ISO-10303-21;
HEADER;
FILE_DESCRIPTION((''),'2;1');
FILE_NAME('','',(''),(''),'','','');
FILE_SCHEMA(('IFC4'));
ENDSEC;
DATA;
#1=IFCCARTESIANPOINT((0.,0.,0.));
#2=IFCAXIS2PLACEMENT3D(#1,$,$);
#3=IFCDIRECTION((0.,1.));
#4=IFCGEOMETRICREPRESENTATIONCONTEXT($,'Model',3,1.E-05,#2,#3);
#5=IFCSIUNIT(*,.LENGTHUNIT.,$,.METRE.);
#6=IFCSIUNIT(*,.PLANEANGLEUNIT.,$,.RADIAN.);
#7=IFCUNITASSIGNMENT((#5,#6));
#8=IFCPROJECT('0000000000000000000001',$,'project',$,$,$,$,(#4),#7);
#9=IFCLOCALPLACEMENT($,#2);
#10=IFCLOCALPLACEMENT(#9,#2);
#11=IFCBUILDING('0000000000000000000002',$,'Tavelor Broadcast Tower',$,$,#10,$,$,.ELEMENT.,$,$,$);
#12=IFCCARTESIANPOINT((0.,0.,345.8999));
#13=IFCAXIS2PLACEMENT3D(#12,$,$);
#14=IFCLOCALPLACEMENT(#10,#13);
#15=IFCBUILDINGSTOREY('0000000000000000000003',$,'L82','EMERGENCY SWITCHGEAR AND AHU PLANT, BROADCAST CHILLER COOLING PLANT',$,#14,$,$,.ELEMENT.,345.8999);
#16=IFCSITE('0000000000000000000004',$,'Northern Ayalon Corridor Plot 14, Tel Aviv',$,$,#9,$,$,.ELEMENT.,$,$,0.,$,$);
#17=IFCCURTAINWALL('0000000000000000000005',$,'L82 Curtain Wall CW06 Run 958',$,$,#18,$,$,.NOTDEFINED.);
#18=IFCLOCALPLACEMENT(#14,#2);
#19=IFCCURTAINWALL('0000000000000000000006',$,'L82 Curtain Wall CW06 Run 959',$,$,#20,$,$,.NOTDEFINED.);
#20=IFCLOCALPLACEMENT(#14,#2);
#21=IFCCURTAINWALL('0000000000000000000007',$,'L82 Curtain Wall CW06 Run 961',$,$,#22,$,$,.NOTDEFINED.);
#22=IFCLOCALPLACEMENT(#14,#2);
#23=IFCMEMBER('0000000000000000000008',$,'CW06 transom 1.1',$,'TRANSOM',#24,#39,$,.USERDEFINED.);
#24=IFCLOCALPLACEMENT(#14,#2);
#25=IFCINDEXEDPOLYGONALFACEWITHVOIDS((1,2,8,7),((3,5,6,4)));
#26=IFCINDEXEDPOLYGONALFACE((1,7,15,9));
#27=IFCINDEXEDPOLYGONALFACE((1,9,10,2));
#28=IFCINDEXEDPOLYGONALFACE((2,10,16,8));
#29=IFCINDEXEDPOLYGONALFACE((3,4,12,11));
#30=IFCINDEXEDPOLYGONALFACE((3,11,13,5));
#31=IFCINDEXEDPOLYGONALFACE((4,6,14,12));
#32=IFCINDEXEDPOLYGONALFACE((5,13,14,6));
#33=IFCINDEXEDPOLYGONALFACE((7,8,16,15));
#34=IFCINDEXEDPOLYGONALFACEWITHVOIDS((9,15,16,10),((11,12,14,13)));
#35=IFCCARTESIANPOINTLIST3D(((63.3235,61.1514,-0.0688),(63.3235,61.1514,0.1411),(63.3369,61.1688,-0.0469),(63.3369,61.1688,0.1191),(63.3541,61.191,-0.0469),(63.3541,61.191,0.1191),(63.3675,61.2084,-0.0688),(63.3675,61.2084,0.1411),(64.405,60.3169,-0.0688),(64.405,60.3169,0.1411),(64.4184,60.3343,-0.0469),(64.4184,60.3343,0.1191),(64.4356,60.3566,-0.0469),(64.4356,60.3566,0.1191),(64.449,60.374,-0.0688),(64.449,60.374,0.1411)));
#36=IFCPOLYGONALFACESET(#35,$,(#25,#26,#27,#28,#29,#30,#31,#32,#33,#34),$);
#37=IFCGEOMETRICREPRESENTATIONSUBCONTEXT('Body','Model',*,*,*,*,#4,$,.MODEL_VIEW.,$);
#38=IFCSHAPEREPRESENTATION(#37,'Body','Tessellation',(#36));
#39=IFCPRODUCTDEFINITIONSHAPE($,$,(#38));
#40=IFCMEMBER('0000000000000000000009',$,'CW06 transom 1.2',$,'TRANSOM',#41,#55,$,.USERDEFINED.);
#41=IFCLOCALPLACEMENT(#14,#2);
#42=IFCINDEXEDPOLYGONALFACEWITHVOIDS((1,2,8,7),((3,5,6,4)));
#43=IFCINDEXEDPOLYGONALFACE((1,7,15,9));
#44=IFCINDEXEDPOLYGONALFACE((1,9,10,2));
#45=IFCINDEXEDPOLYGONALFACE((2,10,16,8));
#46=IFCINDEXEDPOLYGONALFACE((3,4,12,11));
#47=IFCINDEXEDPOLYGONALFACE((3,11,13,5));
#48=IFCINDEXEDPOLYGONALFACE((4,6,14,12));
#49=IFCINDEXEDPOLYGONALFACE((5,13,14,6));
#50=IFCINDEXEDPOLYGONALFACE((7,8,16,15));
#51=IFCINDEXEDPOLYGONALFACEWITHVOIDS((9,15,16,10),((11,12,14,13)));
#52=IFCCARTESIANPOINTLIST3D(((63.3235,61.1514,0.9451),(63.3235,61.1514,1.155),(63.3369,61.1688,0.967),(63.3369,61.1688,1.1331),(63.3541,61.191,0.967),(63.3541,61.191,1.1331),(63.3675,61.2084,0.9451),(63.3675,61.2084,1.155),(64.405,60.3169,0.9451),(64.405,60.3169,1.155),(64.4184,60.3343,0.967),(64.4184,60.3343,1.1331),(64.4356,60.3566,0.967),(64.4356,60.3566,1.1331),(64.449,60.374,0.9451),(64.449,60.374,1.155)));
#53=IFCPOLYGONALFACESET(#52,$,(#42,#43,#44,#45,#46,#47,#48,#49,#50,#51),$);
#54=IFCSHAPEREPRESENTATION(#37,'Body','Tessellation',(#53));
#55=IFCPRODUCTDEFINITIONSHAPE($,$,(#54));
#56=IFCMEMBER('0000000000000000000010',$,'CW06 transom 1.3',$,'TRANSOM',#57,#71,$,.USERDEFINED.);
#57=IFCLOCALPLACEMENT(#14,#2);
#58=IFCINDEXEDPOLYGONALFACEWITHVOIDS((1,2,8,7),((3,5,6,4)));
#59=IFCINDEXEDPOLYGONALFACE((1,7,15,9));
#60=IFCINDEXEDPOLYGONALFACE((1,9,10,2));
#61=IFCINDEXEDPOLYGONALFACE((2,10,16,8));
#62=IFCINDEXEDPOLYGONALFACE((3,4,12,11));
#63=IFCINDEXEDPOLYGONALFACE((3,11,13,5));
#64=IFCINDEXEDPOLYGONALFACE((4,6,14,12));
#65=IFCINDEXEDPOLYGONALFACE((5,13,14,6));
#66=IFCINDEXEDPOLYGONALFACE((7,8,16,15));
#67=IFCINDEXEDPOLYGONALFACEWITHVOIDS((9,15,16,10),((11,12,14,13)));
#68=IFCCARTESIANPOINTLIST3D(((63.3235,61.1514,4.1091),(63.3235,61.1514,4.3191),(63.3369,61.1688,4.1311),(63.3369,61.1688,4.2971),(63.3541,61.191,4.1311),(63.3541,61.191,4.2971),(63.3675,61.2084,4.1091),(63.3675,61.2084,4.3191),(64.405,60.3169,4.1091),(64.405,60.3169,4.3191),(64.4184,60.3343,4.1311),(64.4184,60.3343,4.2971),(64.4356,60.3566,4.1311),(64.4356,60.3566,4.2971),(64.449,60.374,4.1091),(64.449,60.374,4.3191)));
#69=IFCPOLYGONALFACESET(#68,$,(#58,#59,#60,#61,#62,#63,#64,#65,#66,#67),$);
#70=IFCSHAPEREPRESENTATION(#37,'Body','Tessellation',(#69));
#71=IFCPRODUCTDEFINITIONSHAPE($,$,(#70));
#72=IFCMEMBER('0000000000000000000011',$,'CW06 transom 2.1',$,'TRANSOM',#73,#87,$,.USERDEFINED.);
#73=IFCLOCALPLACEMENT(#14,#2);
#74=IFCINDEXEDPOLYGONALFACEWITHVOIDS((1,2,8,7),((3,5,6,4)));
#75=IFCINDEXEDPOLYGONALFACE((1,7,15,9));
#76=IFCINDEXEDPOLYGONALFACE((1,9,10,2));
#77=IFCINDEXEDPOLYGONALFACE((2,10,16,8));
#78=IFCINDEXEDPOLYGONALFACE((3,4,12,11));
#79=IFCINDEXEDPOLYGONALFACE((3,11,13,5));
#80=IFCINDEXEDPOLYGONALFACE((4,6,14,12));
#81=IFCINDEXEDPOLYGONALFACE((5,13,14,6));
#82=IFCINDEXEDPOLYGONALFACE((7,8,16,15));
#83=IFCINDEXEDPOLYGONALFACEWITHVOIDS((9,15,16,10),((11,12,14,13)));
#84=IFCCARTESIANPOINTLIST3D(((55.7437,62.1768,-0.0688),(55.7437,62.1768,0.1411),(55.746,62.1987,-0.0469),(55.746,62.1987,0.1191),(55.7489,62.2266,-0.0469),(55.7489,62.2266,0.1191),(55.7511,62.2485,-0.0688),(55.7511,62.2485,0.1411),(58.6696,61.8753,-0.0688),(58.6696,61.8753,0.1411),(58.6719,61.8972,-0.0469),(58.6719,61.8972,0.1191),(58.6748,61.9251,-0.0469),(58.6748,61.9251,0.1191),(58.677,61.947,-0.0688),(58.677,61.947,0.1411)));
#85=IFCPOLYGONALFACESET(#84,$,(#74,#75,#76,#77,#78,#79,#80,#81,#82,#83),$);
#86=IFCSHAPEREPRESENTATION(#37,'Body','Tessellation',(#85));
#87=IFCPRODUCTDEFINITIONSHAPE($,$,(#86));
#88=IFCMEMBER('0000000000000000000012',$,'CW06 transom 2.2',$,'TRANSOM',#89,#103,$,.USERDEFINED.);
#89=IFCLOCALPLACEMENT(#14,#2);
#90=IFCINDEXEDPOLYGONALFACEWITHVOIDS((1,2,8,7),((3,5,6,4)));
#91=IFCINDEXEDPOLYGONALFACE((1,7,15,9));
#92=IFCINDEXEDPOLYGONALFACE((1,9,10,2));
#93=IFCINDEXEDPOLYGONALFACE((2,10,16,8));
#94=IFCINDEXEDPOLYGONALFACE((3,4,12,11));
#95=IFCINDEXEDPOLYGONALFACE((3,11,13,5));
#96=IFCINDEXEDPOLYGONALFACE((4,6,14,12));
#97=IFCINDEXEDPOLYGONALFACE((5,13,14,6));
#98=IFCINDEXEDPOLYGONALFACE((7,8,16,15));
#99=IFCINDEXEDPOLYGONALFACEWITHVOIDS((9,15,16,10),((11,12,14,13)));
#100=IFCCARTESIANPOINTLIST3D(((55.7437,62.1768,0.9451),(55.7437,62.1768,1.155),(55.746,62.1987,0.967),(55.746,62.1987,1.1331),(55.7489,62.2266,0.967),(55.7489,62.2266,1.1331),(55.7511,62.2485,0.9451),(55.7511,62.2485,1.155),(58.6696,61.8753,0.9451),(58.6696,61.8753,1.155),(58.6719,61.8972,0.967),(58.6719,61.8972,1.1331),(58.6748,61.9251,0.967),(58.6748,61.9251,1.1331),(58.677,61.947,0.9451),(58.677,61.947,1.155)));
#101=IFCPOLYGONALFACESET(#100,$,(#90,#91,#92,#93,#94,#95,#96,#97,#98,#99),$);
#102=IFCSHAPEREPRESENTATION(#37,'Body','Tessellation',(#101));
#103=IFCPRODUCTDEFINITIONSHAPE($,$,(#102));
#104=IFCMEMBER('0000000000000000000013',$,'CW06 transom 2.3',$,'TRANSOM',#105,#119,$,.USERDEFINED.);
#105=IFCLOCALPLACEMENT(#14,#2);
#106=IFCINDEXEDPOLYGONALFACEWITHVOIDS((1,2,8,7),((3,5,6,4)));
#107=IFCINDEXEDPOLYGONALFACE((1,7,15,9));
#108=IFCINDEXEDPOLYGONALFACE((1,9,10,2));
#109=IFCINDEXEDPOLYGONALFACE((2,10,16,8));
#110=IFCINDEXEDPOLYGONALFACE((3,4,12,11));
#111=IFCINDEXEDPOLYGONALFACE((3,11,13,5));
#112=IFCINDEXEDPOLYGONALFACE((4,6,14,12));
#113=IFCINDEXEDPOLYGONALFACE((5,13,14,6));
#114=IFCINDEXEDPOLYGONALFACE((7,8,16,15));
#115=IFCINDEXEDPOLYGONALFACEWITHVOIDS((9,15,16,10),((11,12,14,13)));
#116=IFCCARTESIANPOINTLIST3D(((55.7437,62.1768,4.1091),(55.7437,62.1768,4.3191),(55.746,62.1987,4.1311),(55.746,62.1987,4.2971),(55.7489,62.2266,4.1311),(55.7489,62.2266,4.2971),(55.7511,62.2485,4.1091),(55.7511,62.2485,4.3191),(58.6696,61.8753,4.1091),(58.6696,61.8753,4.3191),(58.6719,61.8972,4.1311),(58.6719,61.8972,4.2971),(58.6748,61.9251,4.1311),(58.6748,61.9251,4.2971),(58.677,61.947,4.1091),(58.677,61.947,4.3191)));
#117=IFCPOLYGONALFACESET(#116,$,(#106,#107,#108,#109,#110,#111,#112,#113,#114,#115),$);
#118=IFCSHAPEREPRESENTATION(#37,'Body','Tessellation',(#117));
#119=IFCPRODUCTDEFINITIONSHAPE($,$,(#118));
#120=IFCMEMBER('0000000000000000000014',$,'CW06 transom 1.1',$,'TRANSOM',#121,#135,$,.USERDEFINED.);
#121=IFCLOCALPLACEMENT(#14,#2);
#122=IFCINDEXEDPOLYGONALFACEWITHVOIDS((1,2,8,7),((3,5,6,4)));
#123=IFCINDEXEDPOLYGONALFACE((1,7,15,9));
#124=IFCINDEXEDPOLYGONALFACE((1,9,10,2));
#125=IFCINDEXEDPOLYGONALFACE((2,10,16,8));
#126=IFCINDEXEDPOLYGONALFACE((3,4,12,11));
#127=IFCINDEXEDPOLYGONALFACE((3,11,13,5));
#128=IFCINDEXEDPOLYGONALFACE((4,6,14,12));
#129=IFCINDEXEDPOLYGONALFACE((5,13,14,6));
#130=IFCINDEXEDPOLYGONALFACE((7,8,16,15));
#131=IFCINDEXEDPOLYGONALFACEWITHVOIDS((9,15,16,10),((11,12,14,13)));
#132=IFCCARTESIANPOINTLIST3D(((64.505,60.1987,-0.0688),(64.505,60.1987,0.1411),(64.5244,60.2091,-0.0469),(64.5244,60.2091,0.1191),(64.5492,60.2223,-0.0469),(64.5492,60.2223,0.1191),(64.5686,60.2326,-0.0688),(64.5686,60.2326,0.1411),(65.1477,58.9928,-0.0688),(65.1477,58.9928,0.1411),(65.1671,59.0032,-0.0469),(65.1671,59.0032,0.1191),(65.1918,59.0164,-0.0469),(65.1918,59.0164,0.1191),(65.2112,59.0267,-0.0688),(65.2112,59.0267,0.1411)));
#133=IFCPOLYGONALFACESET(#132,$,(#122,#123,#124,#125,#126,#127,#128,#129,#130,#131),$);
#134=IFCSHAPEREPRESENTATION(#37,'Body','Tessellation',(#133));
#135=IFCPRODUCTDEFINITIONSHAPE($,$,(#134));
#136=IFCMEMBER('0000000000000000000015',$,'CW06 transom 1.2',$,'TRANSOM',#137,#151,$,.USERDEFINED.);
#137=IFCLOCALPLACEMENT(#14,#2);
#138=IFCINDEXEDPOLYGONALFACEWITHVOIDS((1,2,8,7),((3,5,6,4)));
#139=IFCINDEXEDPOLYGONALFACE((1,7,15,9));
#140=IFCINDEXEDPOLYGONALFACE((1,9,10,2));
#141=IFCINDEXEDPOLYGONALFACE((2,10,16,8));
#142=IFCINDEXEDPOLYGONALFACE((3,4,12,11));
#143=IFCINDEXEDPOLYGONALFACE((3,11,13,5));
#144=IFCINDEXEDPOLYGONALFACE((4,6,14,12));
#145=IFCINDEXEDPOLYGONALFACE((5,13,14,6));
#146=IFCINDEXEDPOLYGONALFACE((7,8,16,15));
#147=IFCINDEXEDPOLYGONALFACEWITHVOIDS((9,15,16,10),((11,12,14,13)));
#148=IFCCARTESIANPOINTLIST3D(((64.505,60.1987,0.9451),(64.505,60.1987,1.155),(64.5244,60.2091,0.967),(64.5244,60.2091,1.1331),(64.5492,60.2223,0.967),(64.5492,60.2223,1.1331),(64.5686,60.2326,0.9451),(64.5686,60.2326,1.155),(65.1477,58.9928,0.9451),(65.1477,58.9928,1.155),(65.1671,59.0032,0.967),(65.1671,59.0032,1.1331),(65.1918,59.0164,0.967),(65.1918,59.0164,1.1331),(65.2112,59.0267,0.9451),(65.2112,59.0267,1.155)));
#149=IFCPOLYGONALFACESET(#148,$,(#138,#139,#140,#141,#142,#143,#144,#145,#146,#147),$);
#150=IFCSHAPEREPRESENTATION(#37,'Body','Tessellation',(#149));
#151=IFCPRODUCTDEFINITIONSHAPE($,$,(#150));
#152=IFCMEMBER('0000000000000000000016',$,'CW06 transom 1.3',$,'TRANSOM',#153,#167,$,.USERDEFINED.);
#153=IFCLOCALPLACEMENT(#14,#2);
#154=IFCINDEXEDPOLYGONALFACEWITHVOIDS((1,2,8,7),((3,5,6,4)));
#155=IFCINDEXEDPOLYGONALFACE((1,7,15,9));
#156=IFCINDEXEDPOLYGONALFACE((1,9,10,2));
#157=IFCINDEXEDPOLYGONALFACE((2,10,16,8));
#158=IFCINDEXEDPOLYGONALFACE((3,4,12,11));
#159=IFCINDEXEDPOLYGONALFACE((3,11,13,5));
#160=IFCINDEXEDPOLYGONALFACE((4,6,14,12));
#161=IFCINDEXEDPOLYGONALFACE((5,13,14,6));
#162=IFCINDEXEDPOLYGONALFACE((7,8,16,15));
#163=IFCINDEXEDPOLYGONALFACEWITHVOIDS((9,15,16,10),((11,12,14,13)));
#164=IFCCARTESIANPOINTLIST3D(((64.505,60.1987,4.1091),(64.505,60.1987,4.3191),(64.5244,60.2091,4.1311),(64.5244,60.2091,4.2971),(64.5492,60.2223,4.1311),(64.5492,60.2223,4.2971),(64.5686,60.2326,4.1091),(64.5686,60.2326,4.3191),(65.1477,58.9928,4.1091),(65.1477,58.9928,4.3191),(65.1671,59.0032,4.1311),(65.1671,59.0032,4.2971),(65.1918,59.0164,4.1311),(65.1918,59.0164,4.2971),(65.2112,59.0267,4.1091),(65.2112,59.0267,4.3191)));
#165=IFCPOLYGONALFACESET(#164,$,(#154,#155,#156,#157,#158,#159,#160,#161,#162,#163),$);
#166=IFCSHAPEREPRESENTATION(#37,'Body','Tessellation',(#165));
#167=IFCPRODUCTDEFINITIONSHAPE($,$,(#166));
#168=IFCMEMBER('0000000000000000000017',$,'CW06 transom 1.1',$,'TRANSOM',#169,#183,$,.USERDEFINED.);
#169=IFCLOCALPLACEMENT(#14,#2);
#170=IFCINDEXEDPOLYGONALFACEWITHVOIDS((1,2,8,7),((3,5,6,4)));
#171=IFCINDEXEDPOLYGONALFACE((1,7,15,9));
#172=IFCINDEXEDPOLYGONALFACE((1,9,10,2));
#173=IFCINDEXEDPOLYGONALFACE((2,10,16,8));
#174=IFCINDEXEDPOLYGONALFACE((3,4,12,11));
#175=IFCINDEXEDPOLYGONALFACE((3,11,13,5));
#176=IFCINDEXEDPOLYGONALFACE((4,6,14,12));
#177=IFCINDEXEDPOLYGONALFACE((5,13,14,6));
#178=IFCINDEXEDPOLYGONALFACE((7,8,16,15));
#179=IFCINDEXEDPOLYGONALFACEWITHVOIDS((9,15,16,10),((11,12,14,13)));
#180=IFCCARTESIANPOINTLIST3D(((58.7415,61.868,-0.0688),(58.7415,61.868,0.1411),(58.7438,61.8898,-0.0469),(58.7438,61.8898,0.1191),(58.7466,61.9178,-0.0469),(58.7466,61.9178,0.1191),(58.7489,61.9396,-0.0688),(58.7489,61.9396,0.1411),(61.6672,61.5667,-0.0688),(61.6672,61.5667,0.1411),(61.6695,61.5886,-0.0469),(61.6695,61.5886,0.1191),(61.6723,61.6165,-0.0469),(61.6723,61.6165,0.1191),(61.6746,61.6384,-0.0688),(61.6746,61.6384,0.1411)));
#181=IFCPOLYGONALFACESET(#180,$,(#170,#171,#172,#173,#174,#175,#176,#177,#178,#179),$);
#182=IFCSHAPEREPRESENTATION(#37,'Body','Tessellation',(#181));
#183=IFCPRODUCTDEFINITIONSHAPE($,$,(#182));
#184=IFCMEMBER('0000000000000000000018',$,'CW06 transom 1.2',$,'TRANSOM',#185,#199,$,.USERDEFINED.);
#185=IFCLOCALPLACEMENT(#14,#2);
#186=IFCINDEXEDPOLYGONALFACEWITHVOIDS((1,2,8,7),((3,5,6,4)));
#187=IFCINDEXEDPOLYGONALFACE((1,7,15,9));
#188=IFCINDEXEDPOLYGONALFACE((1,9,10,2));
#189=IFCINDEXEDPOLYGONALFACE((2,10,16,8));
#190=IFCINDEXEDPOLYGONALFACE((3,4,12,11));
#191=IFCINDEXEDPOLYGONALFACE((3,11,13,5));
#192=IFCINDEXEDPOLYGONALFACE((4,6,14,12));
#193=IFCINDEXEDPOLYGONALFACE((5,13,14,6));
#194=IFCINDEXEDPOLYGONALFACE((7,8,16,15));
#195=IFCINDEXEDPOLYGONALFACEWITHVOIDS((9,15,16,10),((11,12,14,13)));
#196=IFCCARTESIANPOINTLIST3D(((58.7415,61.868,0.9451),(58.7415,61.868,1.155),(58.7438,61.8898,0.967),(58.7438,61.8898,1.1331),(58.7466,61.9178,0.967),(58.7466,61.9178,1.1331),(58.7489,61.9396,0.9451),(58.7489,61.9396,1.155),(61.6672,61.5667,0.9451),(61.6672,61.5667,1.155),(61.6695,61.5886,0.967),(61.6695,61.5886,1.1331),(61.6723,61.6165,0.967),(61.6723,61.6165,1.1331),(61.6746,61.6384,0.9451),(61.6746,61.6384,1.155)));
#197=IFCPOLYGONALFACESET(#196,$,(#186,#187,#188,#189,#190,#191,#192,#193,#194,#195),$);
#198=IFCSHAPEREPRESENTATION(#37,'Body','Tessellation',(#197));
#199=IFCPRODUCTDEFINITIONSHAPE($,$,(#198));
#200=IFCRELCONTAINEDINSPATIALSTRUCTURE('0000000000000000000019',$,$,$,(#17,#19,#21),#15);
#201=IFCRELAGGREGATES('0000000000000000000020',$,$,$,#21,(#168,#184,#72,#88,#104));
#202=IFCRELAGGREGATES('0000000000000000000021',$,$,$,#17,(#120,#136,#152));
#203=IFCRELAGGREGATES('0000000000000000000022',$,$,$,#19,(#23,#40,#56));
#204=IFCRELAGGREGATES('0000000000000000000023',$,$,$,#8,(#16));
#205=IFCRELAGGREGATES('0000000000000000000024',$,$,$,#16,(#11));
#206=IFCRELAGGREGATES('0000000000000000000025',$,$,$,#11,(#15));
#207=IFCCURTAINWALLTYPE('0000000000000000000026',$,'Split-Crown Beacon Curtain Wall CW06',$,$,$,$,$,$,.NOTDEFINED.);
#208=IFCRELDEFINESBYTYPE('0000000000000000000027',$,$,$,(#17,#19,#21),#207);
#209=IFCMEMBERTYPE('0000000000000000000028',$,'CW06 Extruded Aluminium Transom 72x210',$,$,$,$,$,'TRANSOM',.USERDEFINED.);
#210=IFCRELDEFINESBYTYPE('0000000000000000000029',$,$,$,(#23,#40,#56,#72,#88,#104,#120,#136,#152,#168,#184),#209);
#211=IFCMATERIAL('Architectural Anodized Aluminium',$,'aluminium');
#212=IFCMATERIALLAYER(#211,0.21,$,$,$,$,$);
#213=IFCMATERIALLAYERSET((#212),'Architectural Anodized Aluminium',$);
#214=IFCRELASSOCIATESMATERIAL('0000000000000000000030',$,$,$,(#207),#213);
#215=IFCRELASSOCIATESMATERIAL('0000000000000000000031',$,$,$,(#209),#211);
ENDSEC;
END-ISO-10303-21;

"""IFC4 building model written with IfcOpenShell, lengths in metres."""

from ifc_helpers import new_model, si_unit, direction, frame, origin, origin_2d, place, context, subcontext, project, spatial, hollow_rectangle, extrude, source, transform, mapped, material, layer, layer_set, material_profile, profile_set, type_object, element, aggregate, save


model = new_model("IFC4")

# Units and contexts
model_context = context("Model", 3, precision=1e-05, world=origin(), true_north=direction((0.0, 1.0)))
body_context = subcontext(model_context, "Body", "Model", "MODEL_VIEW")
ifc_project = project(units=[si_unit("LENGTHUNIT", "METRE"), si_unit("PLANEANGLEUNIT", "RADIAN")], contexts=[model_context])

# Site, building, storey
site_placement = place(None, origin())
site = spatial("IfcSite", under=ifc_project, at=site_placement, Name="Northern Ayalon Corridor Plot 14, Tel Aviv", CompositionType="ELEMENT", RefElevation=0.0)
building_placement = place(site_placement, origin())
building = spatial("IfcBuilding", under=site, at=building_placement, Name="Tavelor Broadcast Tower", CompositionType="ELEMENT")
storey_placement = place(building_placement, frame((0.0, 0.0, 345.8999)))
storey = spatial("IfcBuildingStorey", under=building, at=storey_placement, Name="L82", Description="EMERGENCY SWITCHGEAR AND AHU PLANT, BROADCAST CHILLER COOLING PLANT", CompositionType="ELEMENT", Elevation=345.8999)

# Curtain walls
ifc_material_1 = material(Name="Architectural Anodized Aluminium", Category="aluminium")
ifc_layer_1 = layer(ifc_material_1, 0.21)
ifc_layer_set_1 = layer_set([ifc_layer_1], Name="Architectural Anodized Aluminium")
curtain_wall_type = type_object("IfcCurtainWallType", Name="Split-Crown Beacon Curtain Wall CW06", PredefinedType="NOTDEFINED", material=ifc_layer_set_1)
curtain_wall_1_placement = place(storey_placement, origin())
curtain_wall_1 = element("IfcCurtainWall", 1, at=curtain_wall_1_placement, inside=storey, type_object=curtain_wall_type, Name="L82 Curtain Wall CW06 Run 958", PredefinedType="NOTDEFINED")
curtain_wall_2_placement = place(storey_placement, origin())
curtain_wall_2 = element("IfcCurtainWall", 2, at=curtain_wall_2_placement, inside=storey, type_object=curtain_wall_type, Name="L82 Curtain Wall CW06 Run 959", PredefinedType="NOTDEFINED")
curtain_wall_3_placement = place(storey_placement, origin())
curtain_wall_3 = element("IfcCurtainWall", 3, at=curtain_wall_3_placement, inside=storey, type_object=curtain_wall_type, Name="L82 Curtain Wall CW06 Run 961", PredefinedType="NOTDEFINED")

# Members
ifc_material_profile_1 = material_profile(ifc_material_1, hollow_rectangle(XDim=0.072, YDim=0.21, WallThickness=0.022, at=origin_2d()), Name="RHS 72x210x22")
ifc_profile_set_1 = profile_set([ifc_material_profile_1], Name="Architectural Anodized Aluminium")
member_type_1 = type_object("IfcMemberType", Name="CW06 Extruded Aluminium Transom 72x210", ElementType="TRANSOM", PredefinedType="USERDEFINED", material=ifc_profile_set_1)
shared_shape_1 = source(origin(), body_context, "Body", "SweptSolid", [
    extrude(hollow_rectangle(XDim=0.072, YDim=0.21, WallThickness=0.022, at=origin_2d()), origin(), (0.0, 0.0, 1.0), 1.366),
])
member_1_placement = place(storey_placement, frame((64.427, 60.3455, 0.0361), z_axis=(-0.791733, 0.610867, 0.0), x_axis=(-0.610867, -0.791733, 0.0)))
member_1 = element("IfcMember", 4, at=member_1_placement, type_object=member_type_1, Name="CW06 transom 1.1", ObjectType="TRANSOM", PredefinedType="USERDEFINED", context=body_context, shape_type="MappedRepresentation", body=[
    mapped(shared_shape_1, transform((0.0, 0.0, 0.0), scale=1.0)),
])
member_2_placement = place(storey_placement, frame((64.427, 60.3455, 1.05), z_axis=(-0.791733, 0.610867, 0.0), x_axis=(-0.610867, -0.791733, 0.0)))
member_2 = element("IfcMember", 5, at=member_2_placement, type_object=member_type_1, Name="CW06 transom 1.2", ObjectType="TRANSOM", PredefinedType="USERDEFINED", context=body_context, shape_type="MappedRepresentation", body=[
    mapped(shared_shape_1, transform((0.0, 0.0, 0.0), scale=1.0)),
])
member_3_placement = place(storey_placement, frame((64.427, 60.3455, 4.2141), z_axis=(-0.791733, 0.610867, 0.0), x_axis=(-0.610867, -0.791733, 0.0)))
member_3 = element("IfcMember", 6, at=member_3_placement, type_object=member_type_1, Name="CW06 transom 1.3", ObjectType="TRANSOM", PredefinedType="USERDEFINED", context=body_context, shape_type="MappedRepresentation", body=[
    mapped(shared_shape_1, transform((0.0, 0.0, 0.0), scale=1.0)),
])
shared_shape_2 = source(origin(), body_context, "Body", "SweptSolid", [
    extrude(hollow_rectangle(XDim=0.072, YDim=0.21, WallThickness=0.022, at=origin_2d()), origin(), (0.0, 0.0, 1.0), 2.9414),
])
member_4_placement = place(storey_placement, frame((58.6733, 61.9111, 0.0361), z_axis=(-0.994733, 0.102503, 0.0), x_axis=(-0.102503, -0.994733, 0.0)))
member_4 = element("IfcMember", 7, at=member_4_placement, type_object=member_type_1, Name="CW06 transom 2.1", ObjectType="TRANSOM", PredefinedType="USERDEFINED", context=body_context, shape_type="MappedRepresentation", body=[
    mapped(shared_shape_2, transform((0.0, 0.0, 0.0), scale=1.0)),
])
member_5_placement = place(storey_placement, frame((58.6733, 61.9111, 1.05), z_axis=(-0.994733, 0.102503, 0.0), x_axis=(-0.102503, -0.994733, 0.0)))
member_5 = element("IfcMember", 8, at=member_5_placement, type_object=member_type_1, Name="CW06 transom 2.2", ObjectType="TRANSOM", PredefinedType="USERDEFINED", context=body_context, shape_type="MappedRepresentation", body=[
    mapped(shared_shape_2, transform((0.0, 0.0, 0.0), scale=1.0)),
])
member_6_placement = place(storey_placement, frame((58.6733, 61.9111, 4.2141), z_axis=(-0.994733, 0.102503, 0.0), x_axis=(-0.102503, -0.994733, 0.0)))
member_6 = element("IfcMember", 9, at=member_6_placement, type_object=member_type_1, Name="CW06 transom 2.3", ObjectType="TRANSOM", PredefinedType="USERDEFINED", context=body_context, shape_type="MappedRepresentation", body=[
    mapped(shared_shape_2, transform((0.0, 0.0, 0.0), scale=1.0)),
])
shared_shape_3 = source(origin(), body_context, "Body", "SweptSolid", [
    extrude(hollow_rectangle(XDim=0.072, YDim=0.21, WallThickness=0.022, at=origin_2d()), origin(), (0.0, 0.0, 1.0), 1.3665),
])
member_7_placement = place(storey_placement, frame((65.1794, 59.0098, 0.0361), z_axis=(-0.470291, 0.882511, 0.0), x_axis=(-0.882511, -0.470291, 0.0)))
member_7 = element("IfcMember", 10, at=member_7_placement, type_object=member_type_1, Name="CW06 transom 1.1", ObjectType="TRANSOM", PredefinedType="USERDEFINED", context=body_context, shape_type="MappedRepresentation", body=[
    mapped(shared_shape_3, transform((0.0, 0.0, 0.0), scale=1.0)),
])
member_8_placement = place(storey_placement, frame((65.1794, 59.0098, 1.05), z_axis=(-0.470291, 0.882511, 0.0), x_axis=(-0.882511, -0.470291, 0.0)))
member_8 = element("IfcMember", 11, at=member_8_placement, type_object=member_type_1, Name="CW06 transom 1.2", ObjectType="TRANSOM", PredefinedType="USERDEFINED", context=body_context, shape_type="MappedRepresentation", body=[
    mapped(shared_shape_3, transform((0.0, 0.0, 0.0), scale=1.0)),
])
member_9_placement = place(storey_placement, frame((65.1794, 59.0098, 4.2141), z_axis=(-0.470291, 0.882511, 0.0), x_axis=(-0.882511, -0.470291, 0.0)))
member_9 = element("IfcMember", 12, at=member_9_placement, type_object=member_type_1, Name="CW06 transom 1.3", ObjectType="TRANSOM", PredefinedType="USERDEFINED", context=body_context, shape_type="MappedRepresentation", body=[
    mapped(shared_shape_3, transform((0.0, 0.0, 0.0), scale=1.0)),
])
shared_shape_4 = source(origin(), body_context, "Body", "SweptSolid", [
    extrude(hollow_rectangle(XDim=0.072, YDim=0.21, WallThickness=0.022, at=origin_2d()), origin(), (0.0, 0.0, 1.0), 2.9412),
])
member_10_placement = place(storey_placement, frame((61.6709, 61.6025, 0.0361), z_axis=(-0.99474, 0.102429, 0.0), x_axis=(-0.102429, -0.99474, 0.0)))
member_10 = element("IfcMember", 13, at=member_10_placement, type_object=member_type_1, Name="CW06 transom 1.1", ObjectType="TRANSOM", PredefinedType="USERDEFINED", context=body_context, shape_type="MappedRepresentation", body=[
    mapped(shared_shape_4, transform((0.0, 0.0, 0.0), scale=1.0)),
])
member_11_placement = place(storey_placement, frame((61.6709, 61.6025, 1.05), z_axis=(-0.99474, 0.102429, 0.0), x_axis=(-0.102429, -0.99474, 0.0)))
member_11 = element("IfcMember", 14, at=member_11_placement, type_object=member_type_1, Name="CW06 transom 1.2", ObjectType="TRANSOM", PredefinedType="USERDEFINED", context=body_context, shape_type="MappedRepresentation", body=[
    mapped(shared_shape_4, transform((0.0, 0.0, 0.0), scale=1.0)),
])

aggregate(curtain_wall_3, [member_10, member_11, member_4, member_5, member_6])
aggregate(curtain_wall_1, [member_7, member_8, member_9])
aggregate(curtain_wall_2, [member_1, member_2, member_3])

save(model, "model.ifc")
